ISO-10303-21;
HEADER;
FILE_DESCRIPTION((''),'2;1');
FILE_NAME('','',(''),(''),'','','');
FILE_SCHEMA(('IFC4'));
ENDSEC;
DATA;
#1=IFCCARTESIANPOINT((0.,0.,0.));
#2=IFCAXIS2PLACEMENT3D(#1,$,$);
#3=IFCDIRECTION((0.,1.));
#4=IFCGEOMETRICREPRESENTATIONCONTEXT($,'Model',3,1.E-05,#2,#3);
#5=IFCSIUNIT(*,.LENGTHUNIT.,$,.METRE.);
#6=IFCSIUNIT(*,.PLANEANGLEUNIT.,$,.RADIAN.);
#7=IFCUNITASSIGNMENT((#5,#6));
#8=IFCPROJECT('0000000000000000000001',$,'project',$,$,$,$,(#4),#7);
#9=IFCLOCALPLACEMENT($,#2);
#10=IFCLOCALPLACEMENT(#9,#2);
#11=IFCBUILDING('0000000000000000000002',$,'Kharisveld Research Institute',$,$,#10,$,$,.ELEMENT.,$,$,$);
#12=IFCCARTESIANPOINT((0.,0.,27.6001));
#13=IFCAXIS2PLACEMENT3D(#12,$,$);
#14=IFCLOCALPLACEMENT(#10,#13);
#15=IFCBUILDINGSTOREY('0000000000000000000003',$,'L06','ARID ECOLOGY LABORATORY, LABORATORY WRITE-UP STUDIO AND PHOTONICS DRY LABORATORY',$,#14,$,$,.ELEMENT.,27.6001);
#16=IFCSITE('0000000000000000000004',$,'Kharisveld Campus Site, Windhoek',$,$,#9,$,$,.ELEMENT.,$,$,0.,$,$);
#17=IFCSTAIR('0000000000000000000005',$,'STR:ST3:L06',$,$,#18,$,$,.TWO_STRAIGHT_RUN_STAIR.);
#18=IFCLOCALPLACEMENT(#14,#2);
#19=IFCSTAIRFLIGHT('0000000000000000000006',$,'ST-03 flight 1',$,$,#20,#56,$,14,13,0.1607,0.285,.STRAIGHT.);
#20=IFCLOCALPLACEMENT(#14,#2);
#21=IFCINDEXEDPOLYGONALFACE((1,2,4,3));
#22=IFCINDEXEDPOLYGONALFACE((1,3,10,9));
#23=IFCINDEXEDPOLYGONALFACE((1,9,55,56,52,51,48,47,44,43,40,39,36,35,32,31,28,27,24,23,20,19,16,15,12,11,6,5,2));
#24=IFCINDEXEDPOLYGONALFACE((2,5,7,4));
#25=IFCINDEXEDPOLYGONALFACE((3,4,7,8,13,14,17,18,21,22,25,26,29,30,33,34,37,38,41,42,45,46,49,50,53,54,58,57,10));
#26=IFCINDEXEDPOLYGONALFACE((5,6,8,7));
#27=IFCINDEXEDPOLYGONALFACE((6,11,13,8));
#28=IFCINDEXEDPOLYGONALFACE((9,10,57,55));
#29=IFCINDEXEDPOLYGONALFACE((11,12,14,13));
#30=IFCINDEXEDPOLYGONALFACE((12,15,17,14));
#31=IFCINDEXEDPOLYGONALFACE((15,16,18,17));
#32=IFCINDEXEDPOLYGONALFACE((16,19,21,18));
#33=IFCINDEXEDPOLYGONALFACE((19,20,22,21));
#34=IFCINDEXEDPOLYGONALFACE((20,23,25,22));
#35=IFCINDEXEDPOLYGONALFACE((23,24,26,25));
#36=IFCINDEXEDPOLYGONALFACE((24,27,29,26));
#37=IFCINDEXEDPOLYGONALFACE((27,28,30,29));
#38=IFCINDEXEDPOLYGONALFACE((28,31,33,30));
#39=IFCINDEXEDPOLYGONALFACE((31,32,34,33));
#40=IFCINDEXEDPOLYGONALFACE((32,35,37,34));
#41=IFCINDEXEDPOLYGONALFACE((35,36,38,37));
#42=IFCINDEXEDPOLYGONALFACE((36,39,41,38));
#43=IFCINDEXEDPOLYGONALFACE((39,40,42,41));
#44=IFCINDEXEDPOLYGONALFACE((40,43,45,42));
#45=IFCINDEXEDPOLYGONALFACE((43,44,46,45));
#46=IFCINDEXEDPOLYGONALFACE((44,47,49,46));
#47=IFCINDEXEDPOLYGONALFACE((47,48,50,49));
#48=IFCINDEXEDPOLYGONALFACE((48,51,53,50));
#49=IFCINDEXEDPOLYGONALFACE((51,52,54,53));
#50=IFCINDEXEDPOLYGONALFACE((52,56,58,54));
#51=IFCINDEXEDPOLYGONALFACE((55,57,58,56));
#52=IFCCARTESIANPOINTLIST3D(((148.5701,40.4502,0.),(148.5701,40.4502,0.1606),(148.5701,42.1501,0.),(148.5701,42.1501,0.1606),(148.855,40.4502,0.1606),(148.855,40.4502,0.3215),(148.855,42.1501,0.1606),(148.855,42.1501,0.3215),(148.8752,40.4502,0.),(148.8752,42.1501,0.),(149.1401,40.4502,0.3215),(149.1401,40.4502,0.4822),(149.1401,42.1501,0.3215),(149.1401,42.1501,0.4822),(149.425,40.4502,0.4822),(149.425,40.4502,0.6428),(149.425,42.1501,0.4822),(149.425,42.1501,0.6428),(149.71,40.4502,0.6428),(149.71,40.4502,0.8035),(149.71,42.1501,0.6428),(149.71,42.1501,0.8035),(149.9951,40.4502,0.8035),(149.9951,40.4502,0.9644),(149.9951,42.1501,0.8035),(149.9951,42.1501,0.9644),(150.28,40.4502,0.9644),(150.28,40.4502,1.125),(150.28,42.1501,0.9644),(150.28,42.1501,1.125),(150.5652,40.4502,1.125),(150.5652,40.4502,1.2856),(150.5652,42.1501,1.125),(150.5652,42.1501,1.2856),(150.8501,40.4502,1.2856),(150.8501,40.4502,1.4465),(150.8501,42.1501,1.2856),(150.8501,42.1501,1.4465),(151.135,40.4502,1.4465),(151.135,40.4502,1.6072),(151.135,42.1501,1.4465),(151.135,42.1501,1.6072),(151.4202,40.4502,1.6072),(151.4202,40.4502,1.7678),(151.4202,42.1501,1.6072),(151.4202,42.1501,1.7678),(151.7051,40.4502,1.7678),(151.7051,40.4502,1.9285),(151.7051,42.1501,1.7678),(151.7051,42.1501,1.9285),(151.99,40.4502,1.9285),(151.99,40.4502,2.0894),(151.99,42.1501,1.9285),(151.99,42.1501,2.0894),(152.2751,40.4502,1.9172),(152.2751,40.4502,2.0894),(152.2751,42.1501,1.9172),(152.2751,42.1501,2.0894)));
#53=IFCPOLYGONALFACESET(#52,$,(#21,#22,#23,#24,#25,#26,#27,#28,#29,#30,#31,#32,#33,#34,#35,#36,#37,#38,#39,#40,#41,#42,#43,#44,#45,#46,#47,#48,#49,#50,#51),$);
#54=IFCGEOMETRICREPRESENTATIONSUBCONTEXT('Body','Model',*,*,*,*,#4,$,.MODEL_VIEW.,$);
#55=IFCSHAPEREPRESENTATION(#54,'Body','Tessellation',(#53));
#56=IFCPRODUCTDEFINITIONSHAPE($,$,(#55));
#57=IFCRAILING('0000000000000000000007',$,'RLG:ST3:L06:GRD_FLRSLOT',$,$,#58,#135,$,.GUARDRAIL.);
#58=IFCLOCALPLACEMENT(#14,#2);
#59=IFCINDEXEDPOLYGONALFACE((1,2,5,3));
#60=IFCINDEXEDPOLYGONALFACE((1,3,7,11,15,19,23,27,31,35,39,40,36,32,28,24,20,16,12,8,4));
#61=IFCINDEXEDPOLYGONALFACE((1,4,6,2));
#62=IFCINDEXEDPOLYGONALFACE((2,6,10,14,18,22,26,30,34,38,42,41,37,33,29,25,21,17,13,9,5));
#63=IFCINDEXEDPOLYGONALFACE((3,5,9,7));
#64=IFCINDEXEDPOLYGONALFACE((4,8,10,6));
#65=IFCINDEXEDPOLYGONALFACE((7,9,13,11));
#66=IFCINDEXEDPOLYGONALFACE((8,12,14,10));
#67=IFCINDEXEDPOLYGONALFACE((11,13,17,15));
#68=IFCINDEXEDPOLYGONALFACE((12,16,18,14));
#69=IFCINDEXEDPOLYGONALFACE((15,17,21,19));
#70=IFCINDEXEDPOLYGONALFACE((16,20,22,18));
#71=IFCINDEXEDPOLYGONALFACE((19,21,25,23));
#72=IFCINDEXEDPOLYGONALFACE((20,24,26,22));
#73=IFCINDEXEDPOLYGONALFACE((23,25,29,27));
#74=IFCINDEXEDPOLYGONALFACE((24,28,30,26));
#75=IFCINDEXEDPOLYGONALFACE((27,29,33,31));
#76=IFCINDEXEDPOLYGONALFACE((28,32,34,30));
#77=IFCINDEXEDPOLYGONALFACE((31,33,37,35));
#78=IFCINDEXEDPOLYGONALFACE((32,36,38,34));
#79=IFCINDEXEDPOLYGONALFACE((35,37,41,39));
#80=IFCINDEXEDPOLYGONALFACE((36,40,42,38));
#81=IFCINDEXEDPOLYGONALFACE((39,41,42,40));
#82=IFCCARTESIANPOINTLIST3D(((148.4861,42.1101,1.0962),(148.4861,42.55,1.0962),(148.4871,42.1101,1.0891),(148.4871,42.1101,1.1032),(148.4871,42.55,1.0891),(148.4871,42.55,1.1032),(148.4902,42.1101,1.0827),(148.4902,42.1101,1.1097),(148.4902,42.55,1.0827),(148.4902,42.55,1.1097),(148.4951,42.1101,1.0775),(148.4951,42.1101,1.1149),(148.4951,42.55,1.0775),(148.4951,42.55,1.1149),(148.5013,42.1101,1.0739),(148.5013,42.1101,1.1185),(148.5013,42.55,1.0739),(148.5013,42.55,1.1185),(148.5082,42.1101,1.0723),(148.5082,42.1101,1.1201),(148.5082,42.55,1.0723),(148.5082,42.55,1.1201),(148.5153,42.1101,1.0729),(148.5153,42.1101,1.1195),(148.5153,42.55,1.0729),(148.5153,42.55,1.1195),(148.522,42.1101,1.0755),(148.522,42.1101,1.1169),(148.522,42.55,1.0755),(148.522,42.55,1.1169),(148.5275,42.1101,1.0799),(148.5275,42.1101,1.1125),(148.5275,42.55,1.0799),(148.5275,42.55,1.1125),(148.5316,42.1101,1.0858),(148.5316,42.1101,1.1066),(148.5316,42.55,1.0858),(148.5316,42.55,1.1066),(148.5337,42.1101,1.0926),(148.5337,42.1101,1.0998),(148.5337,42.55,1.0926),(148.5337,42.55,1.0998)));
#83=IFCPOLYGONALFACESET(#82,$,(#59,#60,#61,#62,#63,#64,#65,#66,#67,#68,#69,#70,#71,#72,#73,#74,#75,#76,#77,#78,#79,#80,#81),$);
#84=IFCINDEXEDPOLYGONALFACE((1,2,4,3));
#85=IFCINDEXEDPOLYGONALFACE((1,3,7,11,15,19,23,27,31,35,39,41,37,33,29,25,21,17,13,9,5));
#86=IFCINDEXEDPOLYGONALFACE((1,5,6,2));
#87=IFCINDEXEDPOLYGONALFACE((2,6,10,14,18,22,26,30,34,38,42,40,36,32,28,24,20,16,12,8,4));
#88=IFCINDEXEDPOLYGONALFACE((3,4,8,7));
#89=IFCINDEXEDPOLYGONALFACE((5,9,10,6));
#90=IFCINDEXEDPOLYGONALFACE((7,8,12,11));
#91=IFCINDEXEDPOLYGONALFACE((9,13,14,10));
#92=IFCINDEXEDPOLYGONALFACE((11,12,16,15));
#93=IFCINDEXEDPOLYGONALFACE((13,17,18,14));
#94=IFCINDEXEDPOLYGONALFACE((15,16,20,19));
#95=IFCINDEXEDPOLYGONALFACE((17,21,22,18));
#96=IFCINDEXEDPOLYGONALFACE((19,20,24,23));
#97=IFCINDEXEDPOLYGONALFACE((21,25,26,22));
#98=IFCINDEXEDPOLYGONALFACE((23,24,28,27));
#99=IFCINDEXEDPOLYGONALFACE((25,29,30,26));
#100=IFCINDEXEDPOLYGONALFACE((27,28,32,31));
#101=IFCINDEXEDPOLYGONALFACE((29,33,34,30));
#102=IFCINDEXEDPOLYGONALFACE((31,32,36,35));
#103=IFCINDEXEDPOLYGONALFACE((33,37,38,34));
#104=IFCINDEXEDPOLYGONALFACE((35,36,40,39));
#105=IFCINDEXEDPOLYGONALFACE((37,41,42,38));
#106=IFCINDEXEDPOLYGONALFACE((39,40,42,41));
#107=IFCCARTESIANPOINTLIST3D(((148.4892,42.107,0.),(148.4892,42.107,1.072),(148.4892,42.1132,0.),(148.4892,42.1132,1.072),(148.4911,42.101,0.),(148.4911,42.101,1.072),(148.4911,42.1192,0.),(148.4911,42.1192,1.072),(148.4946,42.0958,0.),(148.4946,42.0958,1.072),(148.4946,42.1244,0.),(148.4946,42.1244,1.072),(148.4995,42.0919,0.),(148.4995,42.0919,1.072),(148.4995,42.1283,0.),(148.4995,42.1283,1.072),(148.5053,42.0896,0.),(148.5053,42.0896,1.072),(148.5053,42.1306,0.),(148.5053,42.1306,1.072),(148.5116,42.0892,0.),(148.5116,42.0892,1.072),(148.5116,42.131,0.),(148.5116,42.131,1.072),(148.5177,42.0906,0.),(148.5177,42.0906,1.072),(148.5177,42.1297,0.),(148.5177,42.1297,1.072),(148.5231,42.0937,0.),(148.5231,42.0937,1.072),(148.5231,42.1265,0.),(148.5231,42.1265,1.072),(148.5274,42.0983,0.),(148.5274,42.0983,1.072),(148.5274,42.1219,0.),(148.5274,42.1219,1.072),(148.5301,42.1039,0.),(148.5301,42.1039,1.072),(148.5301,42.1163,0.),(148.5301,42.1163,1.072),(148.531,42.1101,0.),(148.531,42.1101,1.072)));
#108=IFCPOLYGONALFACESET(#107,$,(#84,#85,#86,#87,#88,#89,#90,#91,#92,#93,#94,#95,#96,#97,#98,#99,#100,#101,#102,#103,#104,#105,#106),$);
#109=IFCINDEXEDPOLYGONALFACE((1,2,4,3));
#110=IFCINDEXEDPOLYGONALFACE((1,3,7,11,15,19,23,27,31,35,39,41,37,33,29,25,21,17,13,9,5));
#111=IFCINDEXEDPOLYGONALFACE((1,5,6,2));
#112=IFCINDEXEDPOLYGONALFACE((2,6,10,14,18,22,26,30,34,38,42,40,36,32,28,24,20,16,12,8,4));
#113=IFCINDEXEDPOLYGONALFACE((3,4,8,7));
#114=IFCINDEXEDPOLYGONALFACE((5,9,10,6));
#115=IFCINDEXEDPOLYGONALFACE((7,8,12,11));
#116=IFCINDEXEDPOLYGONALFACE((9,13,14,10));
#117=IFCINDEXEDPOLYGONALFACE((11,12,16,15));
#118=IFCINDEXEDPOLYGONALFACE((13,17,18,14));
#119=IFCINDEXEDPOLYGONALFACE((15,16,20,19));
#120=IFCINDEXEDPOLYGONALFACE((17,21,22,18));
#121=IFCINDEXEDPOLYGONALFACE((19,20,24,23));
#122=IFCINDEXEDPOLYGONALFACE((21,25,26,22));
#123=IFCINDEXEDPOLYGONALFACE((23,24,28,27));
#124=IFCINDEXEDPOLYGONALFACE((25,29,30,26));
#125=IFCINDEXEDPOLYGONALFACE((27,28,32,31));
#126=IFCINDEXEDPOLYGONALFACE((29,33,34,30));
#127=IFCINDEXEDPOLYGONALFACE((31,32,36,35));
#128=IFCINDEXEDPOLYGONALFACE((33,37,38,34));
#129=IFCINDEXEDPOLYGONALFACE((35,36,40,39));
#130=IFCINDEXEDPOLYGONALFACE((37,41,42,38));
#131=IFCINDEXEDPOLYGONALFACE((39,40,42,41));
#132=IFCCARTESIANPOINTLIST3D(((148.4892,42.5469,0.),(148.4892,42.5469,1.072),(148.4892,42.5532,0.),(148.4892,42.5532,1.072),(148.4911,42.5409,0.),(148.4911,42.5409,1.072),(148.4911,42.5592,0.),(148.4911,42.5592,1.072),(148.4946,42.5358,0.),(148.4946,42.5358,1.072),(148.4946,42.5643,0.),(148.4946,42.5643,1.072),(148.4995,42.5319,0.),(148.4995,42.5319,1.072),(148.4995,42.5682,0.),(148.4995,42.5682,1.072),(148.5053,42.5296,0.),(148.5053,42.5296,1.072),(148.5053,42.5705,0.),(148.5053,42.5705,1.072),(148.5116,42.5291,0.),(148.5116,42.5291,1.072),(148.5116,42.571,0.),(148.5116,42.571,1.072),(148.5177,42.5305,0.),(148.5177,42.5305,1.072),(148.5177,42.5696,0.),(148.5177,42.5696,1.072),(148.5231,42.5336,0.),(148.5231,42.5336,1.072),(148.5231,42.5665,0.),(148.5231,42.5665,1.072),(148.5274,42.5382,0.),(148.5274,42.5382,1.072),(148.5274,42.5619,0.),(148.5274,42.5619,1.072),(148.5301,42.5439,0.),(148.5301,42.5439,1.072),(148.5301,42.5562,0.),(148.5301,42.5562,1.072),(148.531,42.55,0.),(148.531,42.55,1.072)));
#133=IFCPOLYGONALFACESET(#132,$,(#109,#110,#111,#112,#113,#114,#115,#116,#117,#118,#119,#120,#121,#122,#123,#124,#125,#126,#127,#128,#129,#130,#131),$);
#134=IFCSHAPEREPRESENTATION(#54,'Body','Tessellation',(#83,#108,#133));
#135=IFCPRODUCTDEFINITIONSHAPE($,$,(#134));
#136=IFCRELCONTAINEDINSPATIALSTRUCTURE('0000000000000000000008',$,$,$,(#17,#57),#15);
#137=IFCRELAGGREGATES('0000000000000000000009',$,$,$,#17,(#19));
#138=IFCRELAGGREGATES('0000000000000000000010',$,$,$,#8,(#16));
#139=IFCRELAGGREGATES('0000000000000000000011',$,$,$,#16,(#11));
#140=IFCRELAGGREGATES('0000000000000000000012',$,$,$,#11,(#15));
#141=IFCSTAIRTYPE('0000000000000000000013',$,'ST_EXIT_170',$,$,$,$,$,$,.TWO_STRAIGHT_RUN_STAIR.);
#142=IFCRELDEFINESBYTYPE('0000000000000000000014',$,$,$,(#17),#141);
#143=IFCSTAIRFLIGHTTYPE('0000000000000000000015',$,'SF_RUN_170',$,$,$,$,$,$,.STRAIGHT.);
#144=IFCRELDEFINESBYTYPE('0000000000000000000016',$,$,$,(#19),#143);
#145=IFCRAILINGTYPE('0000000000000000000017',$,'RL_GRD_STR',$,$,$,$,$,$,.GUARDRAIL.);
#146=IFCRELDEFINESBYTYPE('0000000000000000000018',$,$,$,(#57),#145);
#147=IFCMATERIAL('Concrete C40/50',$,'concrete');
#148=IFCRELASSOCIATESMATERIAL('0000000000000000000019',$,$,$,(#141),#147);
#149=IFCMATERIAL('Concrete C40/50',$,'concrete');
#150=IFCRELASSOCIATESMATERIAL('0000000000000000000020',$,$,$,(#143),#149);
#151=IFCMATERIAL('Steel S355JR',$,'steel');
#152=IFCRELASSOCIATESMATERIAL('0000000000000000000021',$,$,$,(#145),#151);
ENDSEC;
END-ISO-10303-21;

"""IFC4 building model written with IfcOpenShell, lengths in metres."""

from ifc_helpers import new_model, si_unit, direction, frame, origin, origin_2d, place, context, subcontext, project, spatial, polyline, circle, outline, extrude, material, type_object, element, aggregate, save


model = new_model("IFC4")

# Units and contexts
model_context = context("Model", 3, precision=1e-05, world=origin(), true_north=direction((0.0, 1.0)))
body_context = subcontext(model_context, "Body", "Model", "MODEL_VIEW")
ifc_project = project(units=[si_unit("LENGTHUNIT", "METRE"), si_unit("PLANEANGLEUNIT", "RADIAN")], contexts=[model_context])

# Site, building, storey
site_placement = place(None, origin())
site = spatial("IfcSite", under=ifc_project, at=site_placement, Name="Kharisveld Campus Site, Windhoek", CompositionType="ELEMENT", RefElevation=0.0)
building_placement = place(site_placement, origin())
building = spatial("IfcBuilding", under=site, at=building_placement, Name="Kharisveld Research Institute", CompositionType="ELEMENT")
storey_placement = place(building_placement, frame((0.0, 0.0, 27.6001)))
storey = spatial("IfcBuildingStorey", under=building, at=storey_placement, Name="L06", Description="ARID ECOLOGY LABORATORY, LABORATORY WRITE-UP STUDIO AND PHOTONICS DRY LABORATORY", CompositionType="ELEMENT", Elevation=27.6001)

# Stair, stair flight
ifc_material_1 = material(Name="Concrete C40/50", Category="concrete")
stair_type = type_object("IfcStairType", Name="ST_EXIT_170", PredefinedType="TWO_STRAIGHT_RUN_STAIR", material=ifc_material_1)
stair_placement = place(storey_placement, origin())
stair = element("IfcStair", 1, at=stair_placement, inside=storey, type_object=stair_type, Name="STR:ST3:L06", PredefinedType="TWO_STRAIGHT_RUN_STAIR")
ifc_material_2 = material(Name="Concrete C40/50", Category="concrete")
stair_flight_type = type_object("IfcStairFlightType", Name="SF_RUN_170", PredefinedType="STRAIGHT", material=ifc_material_2)
stair_flight_placement = place(storey_placement, frame((148.5701, 41.3, 0.0), z_axis=(0.0, 0.0, 1.0), x_axis=(1.0, 0.0, 0.0)))
stair_flight = element("IfcStairFlight", 2, at=stair_flight_placement, type_object=stair_flight_type, Name="ST-03 flight 1", NumberOfRisers=14, NumberOfTreads=13, PredefinedType="STRAIGHT", RiserHeight=0.1607, TreadLength=0.285, context=body_context, shape_type="SweptSolid", body=[
    extrude(outline(polyline([(0.0, 0.0), (0.0, 0.1606), (0.2849, 0.1606), (0.2849, 0.3215), (0.5701, 0.3215), (0.5701, 0.4822), (0.855, 0.4822), (0.855, 0.6428), (1.1399, 0.6428), (1.1399, 0.8035), (1.425, 0.8035), (1.425, 0.9644), (1.71, 0.9644), (1.71, 1.125), (1.9951, 1.125), (1.9951, 1.2856), (2.28, 1.2856), (2.28, 1.4465), (2.5649, 1.4465), (2.5649, 1.6072), (2.8501, 1.6072), (2.8501, 1.7678), (3.135, 1.7678), (3.135, 1.9285), (3.4199, 1.9285), (3.4199, 2.0894), (3.7051, 2.0894), (3.7051, 2.25), (3.7051, 1.9172), (0.3052, 0.0), (0.0, 0.0)])), frame((0.0, 0.8501, 0.0), z_axis=(0.0, -1.0, 0.0), x_axis=(1.0, 0.0, 0.0)), (0.0, 0.0, 1.0), 1.7),
])
aggregate(stair, [stair_flight])

# Railing
ifc_material_3 = material(Name="Steel S355JR", Category="steel")
railing_type = type_object("IfcRailingType", Name="RL_GRD_STR", PredefinedType="GUARDRAIL", material=ifc_material_3)
railing_1_placement = place(storey_placement, frame((148.51, 42.1101, 0.0)))
element("IfcRailing", 3, at=railing_1_placement, inside=storey, type_object=railing_type, Name="RLG:ST3:L06:GRD_FLRSLOT", PredefinedType="GUARDRAIL", context=body_context, shape_type="SweptSolid", body=[
    extrude(circle(Radius=0.0239, at=origin_2d()), frame((0.0, 0.0, 1.0962), z_axis=(0.0, 1.0, 0.0), x_axis=(-1.0, 0.0, 0.0)), (0.0, 0.0, 1.0), 0.4399),
    extrude(circle(Radius=0.021, at=origin_2d()), origin(), (0.0, 0.0, 1.0), 1.072),
    extrude(circle(Radius=0.021, at=origin_2d()), frame((0.0, 0.4399, 0.0)), (0.0, 0.0, 1.0), 1.072),
])

save(model, "model.ifc")
